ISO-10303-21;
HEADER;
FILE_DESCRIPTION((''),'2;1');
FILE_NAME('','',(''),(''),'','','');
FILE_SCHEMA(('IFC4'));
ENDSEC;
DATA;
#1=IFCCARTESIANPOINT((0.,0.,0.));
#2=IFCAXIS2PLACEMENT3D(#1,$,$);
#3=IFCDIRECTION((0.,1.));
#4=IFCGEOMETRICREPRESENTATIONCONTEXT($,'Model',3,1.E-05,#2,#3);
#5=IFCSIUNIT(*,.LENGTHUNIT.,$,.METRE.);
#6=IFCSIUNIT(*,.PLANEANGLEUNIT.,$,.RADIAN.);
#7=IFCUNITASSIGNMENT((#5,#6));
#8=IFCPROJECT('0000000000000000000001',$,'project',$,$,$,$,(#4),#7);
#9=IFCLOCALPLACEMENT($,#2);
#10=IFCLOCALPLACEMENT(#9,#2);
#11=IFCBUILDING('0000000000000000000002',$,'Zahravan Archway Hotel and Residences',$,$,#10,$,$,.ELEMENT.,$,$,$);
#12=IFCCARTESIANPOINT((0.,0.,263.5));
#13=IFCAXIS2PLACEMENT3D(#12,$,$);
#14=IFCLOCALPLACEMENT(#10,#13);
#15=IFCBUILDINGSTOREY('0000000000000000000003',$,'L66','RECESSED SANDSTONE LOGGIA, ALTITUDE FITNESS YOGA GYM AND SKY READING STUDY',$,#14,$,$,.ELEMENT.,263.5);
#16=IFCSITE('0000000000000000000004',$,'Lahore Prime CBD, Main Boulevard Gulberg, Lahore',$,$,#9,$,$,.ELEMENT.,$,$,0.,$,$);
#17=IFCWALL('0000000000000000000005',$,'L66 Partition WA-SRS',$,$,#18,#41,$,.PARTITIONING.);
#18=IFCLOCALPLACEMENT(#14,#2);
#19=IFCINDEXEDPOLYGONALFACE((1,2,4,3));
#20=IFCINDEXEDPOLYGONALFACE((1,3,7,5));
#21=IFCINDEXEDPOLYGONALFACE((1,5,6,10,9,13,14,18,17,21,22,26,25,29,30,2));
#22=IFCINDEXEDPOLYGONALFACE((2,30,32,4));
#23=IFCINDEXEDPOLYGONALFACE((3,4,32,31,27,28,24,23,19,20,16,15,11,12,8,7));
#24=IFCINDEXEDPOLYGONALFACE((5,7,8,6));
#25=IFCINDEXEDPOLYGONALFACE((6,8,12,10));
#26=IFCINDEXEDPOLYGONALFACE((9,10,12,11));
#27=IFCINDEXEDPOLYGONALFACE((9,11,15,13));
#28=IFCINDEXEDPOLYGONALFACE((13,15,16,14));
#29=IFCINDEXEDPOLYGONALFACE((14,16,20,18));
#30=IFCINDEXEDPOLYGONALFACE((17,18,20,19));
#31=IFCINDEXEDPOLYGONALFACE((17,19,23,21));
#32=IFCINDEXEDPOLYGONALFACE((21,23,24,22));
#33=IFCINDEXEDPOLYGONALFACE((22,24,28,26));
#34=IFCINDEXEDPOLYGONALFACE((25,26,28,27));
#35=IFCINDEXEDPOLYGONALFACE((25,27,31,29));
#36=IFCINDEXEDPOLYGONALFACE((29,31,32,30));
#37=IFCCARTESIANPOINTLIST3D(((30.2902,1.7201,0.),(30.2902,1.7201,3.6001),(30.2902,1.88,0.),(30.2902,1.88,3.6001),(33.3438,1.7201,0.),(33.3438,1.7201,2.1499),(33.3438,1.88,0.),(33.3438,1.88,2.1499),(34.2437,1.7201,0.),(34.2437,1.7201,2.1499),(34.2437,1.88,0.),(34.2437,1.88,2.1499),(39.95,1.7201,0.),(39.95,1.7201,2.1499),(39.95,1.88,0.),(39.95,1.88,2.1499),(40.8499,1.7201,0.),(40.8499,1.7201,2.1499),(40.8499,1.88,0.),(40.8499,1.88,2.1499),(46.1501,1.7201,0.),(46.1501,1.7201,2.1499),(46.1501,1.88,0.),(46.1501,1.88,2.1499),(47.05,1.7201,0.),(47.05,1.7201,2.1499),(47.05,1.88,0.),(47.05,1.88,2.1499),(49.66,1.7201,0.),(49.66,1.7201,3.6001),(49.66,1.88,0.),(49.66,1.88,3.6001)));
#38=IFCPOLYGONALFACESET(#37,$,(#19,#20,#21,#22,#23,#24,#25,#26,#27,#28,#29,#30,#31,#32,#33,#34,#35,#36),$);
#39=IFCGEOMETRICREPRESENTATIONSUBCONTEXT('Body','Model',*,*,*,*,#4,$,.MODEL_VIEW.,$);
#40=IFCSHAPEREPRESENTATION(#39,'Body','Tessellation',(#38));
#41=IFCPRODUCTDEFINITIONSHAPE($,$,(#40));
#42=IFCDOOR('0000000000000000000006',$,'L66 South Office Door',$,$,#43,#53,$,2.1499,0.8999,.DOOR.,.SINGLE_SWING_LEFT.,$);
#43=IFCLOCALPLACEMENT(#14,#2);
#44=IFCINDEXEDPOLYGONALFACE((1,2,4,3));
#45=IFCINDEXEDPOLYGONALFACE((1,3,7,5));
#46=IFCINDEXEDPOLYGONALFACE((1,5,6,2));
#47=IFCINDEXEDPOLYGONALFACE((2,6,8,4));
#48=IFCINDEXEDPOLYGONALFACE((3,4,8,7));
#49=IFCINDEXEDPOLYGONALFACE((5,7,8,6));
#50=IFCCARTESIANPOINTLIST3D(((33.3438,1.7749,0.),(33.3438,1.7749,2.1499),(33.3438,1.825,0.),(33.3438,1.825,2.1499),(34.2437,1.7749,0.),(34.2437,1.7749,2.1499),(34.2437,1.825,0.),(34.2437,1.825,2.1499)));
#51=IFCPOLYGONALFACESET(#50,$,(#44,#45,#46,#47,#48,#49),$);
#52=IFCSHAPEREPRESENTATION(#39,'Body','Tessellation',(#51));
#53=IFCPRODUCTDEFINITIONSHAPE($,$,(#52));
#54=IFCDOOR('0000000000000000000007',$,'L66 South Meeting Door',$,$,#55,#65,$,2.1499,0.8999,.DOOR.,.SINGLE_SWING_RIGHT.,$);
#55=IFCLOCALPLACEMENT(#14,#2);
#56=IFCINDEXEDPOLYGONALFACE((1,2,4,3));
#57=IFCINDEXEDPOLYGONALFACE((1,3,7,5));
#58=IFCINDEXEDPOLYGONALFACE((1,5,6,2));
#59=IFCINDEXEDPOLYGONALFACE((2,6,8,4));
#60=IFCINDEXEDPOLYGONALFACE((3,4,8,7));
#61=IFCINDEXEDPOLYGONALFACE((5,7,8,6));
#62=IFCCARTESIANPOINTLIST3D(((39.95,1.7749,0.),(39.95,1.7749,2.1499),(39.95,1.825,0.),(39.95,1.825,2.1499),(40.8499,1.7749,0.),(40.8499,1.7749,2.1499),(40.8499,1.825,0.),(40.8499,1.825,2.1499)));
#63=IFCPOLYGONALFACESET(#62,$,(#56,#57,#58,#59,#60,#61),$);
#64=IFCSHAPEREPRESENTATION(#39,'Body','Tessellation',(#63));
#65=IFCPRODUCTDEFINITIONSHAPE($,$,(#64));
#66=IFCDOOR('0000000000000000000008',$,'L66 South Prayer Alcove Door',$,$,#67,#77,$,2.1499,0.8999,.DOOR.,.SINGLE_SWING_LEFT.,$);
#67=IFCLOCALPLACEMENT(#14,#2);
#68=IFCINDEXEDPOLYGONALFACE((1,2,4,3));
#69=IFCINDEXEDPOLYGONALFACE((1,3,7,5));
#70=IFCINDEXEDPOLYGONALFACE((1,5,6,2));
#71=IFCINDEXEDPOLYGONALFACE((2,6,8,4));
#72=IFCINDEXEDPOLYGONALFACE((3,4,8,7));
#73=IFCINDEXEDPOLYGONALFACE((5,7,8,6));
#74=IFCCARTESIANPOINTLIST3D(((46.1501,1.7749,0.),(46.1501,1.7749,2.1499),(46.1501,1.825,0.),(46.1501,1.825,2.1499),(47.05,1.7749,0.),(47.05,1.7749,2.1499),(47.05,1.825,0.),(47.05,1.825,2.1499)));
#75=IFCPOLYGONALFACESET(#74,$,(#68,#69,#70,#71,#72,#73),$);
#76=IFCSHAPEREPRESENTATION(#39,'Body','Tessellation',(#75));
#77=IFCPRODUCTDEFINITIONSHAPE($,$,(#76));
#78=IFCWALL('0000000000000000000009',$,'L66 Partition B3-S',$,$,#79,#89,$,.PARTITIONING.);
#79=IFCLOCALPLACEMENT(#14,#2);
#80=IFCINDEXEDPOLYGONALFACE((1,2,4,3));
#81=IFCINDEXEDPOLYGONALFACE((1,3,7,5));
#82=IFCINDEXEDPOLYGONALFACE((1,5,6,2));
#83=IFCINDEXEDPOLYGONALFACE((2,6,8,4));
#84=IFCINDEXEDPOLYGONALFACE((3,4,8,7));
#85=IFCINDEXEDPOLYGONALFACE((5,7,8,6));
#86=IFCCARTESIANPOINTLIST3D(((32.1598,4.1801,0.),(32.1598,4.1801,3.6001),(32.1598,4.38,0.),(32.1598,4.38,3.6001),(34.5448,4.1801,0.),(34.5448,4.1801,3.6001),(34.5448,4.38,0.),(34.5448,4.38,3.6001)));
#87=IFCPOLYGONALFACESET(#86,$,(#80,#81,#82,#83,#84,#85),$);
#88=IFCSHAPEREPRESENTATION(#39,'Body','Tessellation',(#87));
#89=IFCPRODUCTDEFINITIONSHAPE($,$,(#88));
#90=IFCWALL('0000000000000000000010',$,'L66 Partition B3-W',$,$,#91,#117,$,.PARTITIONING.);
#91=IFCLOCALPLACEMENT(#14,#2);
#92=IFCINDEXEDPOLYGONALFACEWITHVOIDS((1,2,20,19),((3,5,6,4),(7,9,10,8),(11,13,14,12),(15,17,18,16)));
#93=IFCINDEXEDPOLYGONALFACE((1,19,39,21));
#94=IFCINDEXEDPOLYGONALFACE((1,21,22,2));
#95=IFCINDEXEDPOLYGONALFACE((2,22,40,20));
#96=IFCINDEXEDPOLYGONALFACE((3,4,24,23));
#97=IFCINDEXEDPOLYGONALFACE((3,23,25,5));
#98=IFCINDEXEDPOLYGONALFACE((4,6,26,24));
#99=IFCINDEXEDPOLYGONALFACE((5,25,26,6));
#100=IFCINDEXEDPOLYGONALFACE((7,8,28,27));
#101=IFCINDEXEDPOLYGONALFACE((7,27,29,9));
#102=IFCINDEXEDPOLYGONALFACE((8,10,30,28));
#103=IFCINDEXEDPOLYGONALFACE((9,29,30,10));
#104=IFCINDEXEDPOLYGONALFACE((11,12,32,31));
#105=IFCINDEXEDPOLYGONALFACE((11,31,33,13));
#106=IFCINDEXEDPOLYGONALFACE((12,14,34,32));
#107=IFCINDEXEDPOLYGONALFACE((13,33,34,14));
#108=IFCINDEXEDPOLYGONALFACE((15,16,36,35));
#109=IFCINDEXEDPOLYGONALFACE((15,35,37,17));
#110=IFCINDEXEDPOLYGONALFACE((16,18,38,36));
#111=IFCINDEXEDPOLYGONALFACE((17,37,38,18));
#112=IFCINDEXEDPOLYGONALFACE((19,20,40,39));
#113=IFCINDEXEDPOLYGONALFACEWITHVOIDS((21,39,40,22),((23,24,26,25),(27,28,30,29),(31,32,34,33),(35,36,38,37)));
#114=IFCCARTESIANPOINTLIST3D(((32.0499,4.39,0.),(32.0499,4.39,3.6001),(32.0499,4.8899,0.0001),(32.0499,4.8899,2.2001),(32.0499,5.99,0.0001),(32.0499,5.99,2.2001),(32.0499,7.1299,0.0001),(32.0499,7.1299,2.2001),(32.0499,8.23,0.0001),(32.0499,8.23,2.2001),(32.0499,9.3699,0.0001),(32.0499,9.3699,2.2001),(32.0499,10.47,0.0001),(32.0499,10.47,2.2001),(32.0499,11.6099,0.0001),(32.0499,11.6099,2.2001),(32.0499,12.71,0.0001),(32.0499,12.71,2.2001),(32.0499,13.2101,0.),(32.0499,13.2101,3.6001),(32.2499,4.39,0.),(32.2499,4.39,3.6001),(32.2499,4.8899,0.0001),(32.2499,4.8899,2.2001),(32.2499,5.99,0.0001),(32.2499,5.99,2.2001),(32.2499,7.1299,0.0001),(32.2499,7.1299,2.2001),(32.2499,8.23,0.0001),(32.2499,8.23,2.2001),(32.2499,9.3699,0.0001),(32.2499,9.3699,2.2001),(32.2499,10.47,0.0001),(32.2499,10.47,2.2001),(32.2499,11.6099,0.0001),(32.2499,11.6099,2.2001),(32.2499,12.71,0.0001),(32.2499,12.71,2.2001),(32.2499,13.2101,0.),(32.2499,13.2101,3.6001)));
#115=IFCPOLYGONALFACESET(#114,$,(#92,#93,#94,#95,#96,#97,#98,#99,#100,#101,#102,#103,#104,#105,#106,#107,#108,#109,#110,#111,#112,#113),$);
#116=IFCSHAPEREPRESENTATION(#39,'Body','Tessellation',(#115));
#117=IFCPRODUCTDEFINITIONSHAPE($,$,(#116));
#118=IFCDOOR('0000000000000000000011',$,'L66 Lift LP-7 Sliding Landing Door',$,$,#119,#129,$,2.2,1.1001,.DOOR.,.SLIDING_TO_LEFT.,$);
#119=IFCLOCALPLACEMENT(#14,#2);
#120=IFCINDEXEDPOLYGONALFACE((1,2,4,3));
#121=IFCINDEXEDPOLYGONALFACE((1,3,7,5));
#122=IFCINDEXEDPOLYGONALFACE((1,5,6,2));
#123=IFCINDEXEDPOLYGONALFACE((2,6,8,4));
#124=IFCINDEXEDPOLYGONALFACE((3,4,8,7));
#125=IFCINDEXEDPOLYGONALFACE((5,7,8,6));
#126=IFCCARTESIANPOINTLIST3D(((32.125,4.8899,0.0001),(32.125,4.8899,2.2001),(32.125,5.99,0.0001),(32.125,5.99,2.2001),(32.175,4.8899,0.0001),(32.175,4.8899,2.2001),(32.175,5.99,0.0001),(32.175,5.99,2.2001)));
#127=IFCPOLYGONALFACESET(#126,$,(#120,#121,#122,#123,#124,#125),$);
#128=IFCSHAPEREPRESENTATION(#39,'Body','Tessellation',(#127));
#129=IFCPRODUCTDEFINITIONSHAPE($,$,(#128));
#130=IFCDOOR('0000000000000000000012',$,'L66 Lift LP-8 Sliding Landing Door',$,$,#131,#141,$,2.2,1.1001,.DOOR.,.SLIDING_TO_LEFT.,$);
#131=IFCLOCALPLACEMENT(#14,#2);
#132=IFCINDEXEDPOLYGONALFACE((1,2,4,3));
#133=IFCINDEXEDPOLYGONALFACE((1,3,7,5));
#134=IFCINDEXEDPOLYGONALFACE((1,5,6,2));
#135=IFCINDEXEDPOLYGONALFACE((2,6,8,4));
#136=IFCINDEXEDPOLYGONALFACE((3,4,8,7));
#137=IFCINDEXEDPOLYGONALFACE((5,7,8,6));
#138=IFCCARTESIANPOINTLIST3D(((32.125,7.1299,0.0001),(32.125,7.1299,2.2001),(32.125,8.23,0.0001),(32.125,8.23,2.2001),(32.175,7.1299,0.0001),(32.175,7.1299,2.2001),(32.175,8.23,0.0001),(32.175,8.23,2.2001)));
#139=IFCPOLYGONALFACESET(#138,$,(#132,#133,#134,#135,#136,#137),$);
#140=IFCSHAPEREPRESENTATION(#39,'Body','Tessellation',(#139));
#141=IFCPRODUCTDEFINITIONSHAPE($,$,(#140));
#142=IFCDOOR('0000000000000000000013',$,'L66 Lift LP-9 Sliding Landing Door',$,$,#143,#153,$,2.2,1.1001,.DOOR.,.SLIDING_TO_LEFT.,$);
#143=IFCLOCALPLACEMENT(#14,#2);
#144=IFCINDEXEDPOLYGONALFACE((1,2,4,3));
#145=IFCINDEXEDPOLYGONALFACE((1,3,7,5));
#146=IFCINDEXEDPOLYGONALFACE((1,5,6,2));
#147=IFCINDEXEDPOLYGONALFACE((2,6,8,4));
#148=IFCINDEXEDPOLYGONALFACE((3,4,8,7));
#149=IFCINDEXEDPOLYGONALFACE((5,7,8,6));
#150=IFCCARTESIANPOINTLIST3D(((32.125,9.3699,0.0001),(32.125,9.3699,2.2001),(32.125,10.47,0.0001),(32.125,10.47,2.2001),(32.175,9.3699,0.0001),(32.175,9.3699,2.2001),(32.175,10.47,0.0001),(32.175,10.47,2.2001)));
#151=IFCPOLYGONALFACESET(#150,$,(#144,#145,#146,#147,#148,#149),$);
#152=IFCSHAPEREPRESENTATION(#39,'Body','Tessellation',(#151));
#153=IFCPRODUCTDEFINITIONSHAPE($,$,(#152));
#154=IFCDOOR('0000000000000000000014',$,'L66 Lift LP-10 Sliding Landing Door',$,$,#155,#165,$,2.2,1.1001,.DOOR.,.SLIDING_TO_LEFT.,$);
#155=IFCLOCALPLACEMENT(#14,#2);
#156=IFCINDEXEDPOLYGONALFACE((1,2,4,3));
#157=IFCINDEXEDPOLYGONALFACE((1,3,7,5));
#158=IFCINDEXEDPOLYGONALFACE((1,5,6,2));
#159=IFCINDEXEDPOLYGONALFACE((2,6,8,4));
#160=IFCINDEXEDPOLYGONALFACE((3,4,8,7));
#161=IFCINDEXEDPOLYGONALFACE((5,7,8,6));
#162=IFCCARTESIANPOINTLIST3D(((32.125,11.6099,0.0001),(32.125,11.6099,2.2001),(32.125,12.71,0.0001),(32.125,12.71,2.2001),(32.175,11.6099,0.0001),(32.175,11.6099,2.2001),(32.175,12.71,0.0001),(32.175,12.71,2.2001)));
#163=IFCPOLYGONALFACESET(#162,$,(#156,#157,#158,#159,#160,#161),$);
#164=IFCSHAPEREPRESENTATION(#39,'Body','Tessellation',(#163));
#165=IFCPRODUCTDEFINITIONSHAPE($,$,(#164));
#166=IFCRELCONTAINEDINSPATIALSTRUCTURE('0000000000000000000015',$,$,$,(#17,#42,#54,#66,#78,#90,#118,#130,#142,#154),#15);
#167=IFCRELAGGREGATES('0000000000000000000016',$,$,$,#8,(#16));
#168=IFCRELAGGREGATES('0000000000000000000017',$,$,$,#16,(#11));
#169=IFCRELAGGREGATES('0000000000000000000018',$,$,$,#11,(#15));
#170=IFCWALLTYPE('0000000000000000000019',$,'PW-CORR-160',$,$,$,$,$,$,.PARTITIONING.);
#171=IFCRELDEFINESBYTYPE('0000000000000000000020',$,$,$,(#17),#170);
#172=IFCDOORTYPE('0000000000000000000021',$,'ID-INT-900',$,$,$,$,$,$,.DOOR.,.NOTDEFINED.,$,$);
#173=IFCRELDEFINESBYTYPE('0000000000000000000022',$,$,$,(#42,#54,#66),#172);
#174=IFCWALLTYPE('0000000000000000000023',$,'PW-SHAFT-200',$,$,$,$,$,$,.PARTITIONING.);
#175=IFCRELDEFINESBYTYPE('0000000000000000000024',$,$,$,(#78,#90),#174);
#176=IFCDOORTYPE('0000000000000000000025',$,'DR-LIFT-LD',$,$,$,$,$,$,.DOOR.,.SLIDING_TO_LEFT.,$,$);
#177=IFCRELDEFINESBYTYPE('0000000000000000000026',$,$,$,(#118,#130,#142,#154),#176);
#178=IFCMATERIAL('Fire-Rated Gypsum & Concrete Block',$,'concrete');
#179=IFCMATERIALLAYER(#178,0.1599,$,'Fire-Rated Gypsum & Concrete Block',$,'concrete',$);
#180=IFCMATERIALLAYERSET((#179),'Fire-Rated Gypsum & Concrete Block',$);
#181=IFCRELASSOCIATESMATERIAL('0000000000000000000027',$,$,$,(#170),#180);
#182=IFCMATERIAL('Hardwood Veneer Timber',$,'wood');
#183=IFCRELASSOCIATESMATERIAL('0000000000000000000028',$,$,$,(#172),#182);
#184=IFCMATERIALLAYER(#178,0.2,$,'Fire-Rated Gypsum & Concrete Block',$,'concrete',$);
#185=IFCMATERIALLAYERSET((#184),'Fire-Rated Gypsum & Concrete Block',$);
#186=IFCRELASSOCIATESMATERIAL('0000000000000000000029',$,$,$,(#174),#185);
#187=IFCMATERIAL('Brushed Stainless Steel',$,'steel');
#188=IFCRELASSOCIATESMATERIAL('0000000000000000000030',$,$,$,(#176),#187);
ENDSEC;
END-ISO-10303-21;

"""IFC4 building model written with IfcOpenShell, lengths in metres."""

from ifc_helpers import new_model, si_unit, direction, frame, frame_2d, origin, place, context, subcontext, project, spatial, rectangle, extrude, source, transform, mapped, material, layer, layer_set, type_object, type_shapes, element, fill, save


model = new_model("IFC4")

# Units and contexts
model_context = context("Model", 3, precision=1e-05, world=origin(), true_north=direction((0.0, 1.0)))
body_context = subcontext(model_context, "Body", "Model", "MODEL_VIEW")
ifc_project = project(units=[si_unit("LENGTHUNIT", "METRE"), si_unit("PLANEANGLEUNIT", "RADIAN")], contexts=[model_context])

# Site, building, storey
site_placement = place(None, origin())
site = spatial("IfcSite", under=ifc_project, at=site_placement, Name="Lahore Prime CBD, Main Boulevard Gulberg, Lahore", CompositionType="ELEMENT", RefElevation=0.0)
building_placement = place(site_placement, origin())
building = spatial("IfcBuilding", under=site, at=building_placement, Name="Zahravan Archway Hotel and Residences", CompositionType="ELEMENT")
storey_placement = place(building_placement, frame((0.0, 0.0, 263.5)))
storey = spatial("IfcBuildingStorey", under=building, at=storey_placement, Name="L66", Description="RECESSED SANDSTONE LOGGIA, ALTITUDE FITNESS YOGA GYM AND SKY READING STUDY", CompositionType="ELEMENT", Elevation=263.5)

# Shared definitions
ifc_material_1 = material(Name="Fire-Rated Gypsum & Concrete Block", Category="concrete")
ifc_layer_1 = layer(ifc_material_1, 0.1599, Name="Fire-Rated Gypsum & Concrete Block", Category="concrete")
ifc_layer_set_1 = layer_set([ifc_layer_1], Name="Fire-Rated Gypsum & Concrete Block")
wall_type_1 = type_object("IfcWallType", Name="PW-CORR-160", PredefinedType="PARTITIONING", material=ifc_layer_set_1)

# Wall, openings, doors
wall_1_placement = place(storey_placement, frame((30.29, 1.8, 0.0), z_axis=(0.0, 0.0, 1.0), x_axis=(1.0, 0.0, 0.0)))
wall_1 = element("IfcWall", 1, at=wall_1_placement, inside=storey, type_object=wall_type_1, Name="L66 Partition WA-SRS", PredefinedType="PARTITIONING", context=body_context, shape_type="SweptSolid", body=[
    extrude(rectangle(XDim=19.3699, YDim=0.1599, at=frame_2d((9.6851, 0.0))), origin(), (0.0, 0.0, 1.0), 3.6001),
])
opening_1_placement = place(wall_1_placement, frame((3.0537, 0.0, 0.0)))
opening_1 = element("IfcOpeningElement", 2, at=opening_1_placement, cuts=wall_1, PredefinedType="OPENING", context=body_context, shape_type="SweptSolid", body=[
    extrude(rectangle(XDim=0.8999, YDim=2.1499, at=frame_2d((0.45, 1.075))), frame((0.0, 0.0898, 0.0), z_axis=(0.0, -1.0, 0.0), x_axis=(1.0, 0.0, 0.0)), (0.0, 0.0, 1.0), 0.1799),
])
opening_2_placement = place(wall_1_placement, frame((9.6599, 0.0, 0.0)))
opening_2 = element("IfcOpeningElement", 3, at=opening_2_placement, cuts=wall_1, PredefinedType="OPENING", context=body_context, shape_type="SweptSolid", body=[
    extrude(rectangle(XDim=0.8999, YDim=2.1499, at=frame_2d((0.45, 1.075))), frame((0.0, 0.0898, 0.0), z_axis=(0.0, -1.0, 0.0), x_axis=(1.0, 0.0, 0.0)), (0.0, 0.0, 1.0), 0.1799),
])
opening_3_placement = place(wall_1_placement, frame((15.8601, 0.0, 0.0)))
opening_3 = element("IfcOpeningElement", 4, at=opening_3_placement, cuts=wall_1, PredefinedType="OPENING", context=body_context, shape_type="SweptSolid", body=[
    extrude(rectangle(XDim=0.8999, YDim=2.1499, at=frame_2d((0.45, 1.075))), frame((0.0, 0.0898, 0.0), z_axis=(0.0, -1.0, 0.0), x_axis=(1.0, 0.0, 0.0)), (0.0, 0.0, 1.0), 0.1799),
])
ifc_material_2 = material(Name="Hardwood Veneer Timber", Category="wood")
door_type_1 = type_object("IfcDoorType", Name="ID-INT-900", OperationType="NOTDEFINED", PredefinedType="DOOR", material=ifc_material_2)
shared_shape_1 = source(origin(), body_context, "Body", "SweptSolid", [
    extrude(rectangle(XDim=0.8999, YDim=2.1499, at=frame_2d((0.45, 1.075))), frame((0.0, 0.0249, 0.0), z_axis=(0.0, -1.0, 0.0), x_axis=(1.0, 0.0, 0.0)), (0.0, 0.0, 1.0), 0.05),
])
type_shapes(door_type_1, [shared_shape_1])
door_1_placement = place(opening_1_placement, origin())
door_1 = element("IfcDoor", 5, at=door_1_placement, inside=storey, type_object=door_type_1, Name="L66 South Office Door", OperationType="SINGLE_SWING_LEFT", OverallHeight=2.1499, OverallWidth=0.8999, PredefinedType="DOOR", context=body_context, shape_type="MappedRepresentation", body=[
    mapped(shared_shape_1, transform((0.0, 0.0, 0.0), scale=1.0)),
])
fill(opening_1, door_1)
door_2_placement = place(opening_2_placement, origin())
door_2 = element("IfcDoor", 6, at=door_2_placement, inside=storey, type_object=door_type_1, Name="L66 South Meeting Door", OperationType="SINGLE_SWING_RIGHT", OverallHeight=2.1499, OverallWidth=0.8999, PredefinedType="DOOR", context=body_context, shape_type="MappedRepresentation", body=[
    mapped(shared_shape_1, transform((0.0, 0.0, 0.0), scale=1.0)),
])
fill(opening_2, door_2)
door_3_placement = place(opening_3_placement, origin())
door_3 = element("IfcDoor", 7, at=door_3_placement, inside=storey, type_object=door_type_1, Name="L66 South Prayer Alcove Door", OperationType="SINGLE_SWING_LEFT", OverallHeight=2.1499, OverallWidth=0.8999, PredefinedType="DOOR", context=body_context, shape_type="MappedRepresentation", body=[
    mapped(shared_shape_1, transform((0.0, 0.0, 0.0), scale=1.0)),
])
fill(opening_3, door_3)

# Wall
ifc_layer_2 = layer(ifc_material_1, 0.2, Name="Fire-Rated Gypsum & Concrete Block", Category="concrete")
ifc_layer_set_2 = layer_set([ifc_layer_2], Name="Fire-Rated Gypsum & Concrete Block")
wall_type_2 = type_object("IfcWallType", Name="PW-SHAFT-200", PredefinedType="PARTITIONING", material=ifc_layer_set_2)
wall_2_placement = place(storey_placement, frame((32.1599, 4.28, 0.0), z_axis=(0.0, 0.0, 1.0), x_axis=(1.0, 0.0, 0.0)))
element("IfcWall", 8, at=wall_2_placement, inside=storey, type_object=wall_type_2, Name="L66 Partition B3-S", PredefinedType="PARTITIONING", context=body_context, shape_type="SweptSolid", body=[
    extrude(rectangle(XDim=2.385, YDim=0.2, at=frame_2d((1.1924, 0.0))), origin(), (0.0, 0.0, 1.0), 3.6001),
])

# Wall, openings, doors
wall_3_placement = place(storey_placement, frame((32.1499, 4.3899, 0.0), z_axis=(0.0, 0.0, 1.0), x_axis=(0.0, 1.0, 0.0)))
wall_3 = element("IfcWall", 9, at=wall_3_placement, inside=storey, type_object=wall_type_2, Name="L66 Partition B3-W", PredefinedType="PARTITIONING", context=body_context, shape_type="SweptSolid", body=[
    extrude(rectangle(XDim=8.8201, YDim=0.2, at=frame_2d((4.4102, 0.0))), origin(), (0.0, 0.0, 1.0), 3.6001),
])
opening_4_placement = place(wall_3_placement, frame((0.5, 0.0, 0.0)))
opening_4 = element("IfcOpeningElement", 10, at=opening_4_placement, cuts=wall_3, PredefinedType="OPENING", context=body_context, shape_type="SweptSolid", body=[
    extrude(rectangle(XDim=1.1001, YDim=2.2, at=frame_2d((0.55, 1.1001))), frame((0.0, 0.1099, 0.0), z_axis=(0.0, -1.0, 0.0), x_axis=(1.0, 0.0, 0.0)), (0.0, 0.0, 1.0), 0.22),
])
opening_5_placement = place(wall_3_placement, frame((2.74, 0.0, 0.0)))
opening_5 = element("IfcOpeningElement", 11, at=opening_5_placement, cuts=wall_3, PredefinedType="OPENING", context=body_context, shape_type="SweptSolid", body=[
    extrude(rectangle(XDim=1.1001, YDim=2.2, at=frame_2d((0.55, 1.1001))), frame((0.0, 0.1099, 0.0), z_axis=(0.0, -1.0, 0.0), x_axis=(1.0, 0.0, 0.0)), (0.0, 0.0, 1.0), 0.22),
])
opening_6_placement = place(wall_3_placement, frame((4.98, 0.0, 0.0)))
opening_6 = element("IfcOpeningElement", 12, at=opening_6_placement, cuts=wall_3, PredefinedType="OPENING", context=body_context, shape_type="SweptSolid", body=[
    extrude(rectangle(XDim=1.1001, YDim=2.2, at=frame_2d((0.55, 1.1001))), frame((0.0, 0.1099, 0.0), z_axis=(0.0, -1.0, 0.0), x_axis=(1.0, 0.0, 0.0)), (0.0, 0.0, 1.0), 0.22),
])
opening_7_placement = place(wall_3_placement, frame((7.22, 0.0, 0.0)))
opening_7 = element("IfcOpeningElement", 13, at=opening_7_placement, cuts=wall_3, PredefinedType="OPENING", context=body_context, shape_type="SweptSolid", body=[
    extrude(rectangle(XDim=1.1001, YDim=2.2, at=frame_2d((0.55, 1.1001))), frame((0.0, 0.1099, 0.0), z_axis=(0.0, -1.0, 0.0), x_axis=(1.0, 0.0, 0.0)), (0.0, 0.0, 1.0), 0.22),
])
ifc_material_3 = material(Name="Brushed Stainless Steel", Category="steel")
door_type_2 = type_object("IfcDoorType", Name="DR-LIFT-LD", OperationType="SLIDING_TO_LEFT", PredefinedType="DOOR", material=ifc_material_3)
shared_shape_2 = source(origin(), body_context, "Body", "SweptSolid", [
    extrude(rectangle(XDim=1.1001, YDim=2.2, at=frame_2d((0.55, 1.1001))), frame((0.0, 0.0249, 0.0), z_axis=(0.0, -1.0, 0.0), x_axis=(1.0, 0.0, 0.0)), (0.0, 0.0, 1.0), 0.05),
])
type_shapes(door_type_2, [shared_shape_2])
door_4_placement = place(opening_4_placement, origin())
door_4 = element("IfcDoor", 14, at=door_4_placement, inside=storey, type_object=door_type_2, Name="L66 Lift LP-7 Sliding Landing Door", OperationType="SLIDING_TO_LEFT", OverallHeight=2.2, OverallWidth=1.1001, PredefinedType="DOOR", context=body_context, shape_type="MappedRepresentation", body=[
    mapped(shared_shape_2, transform((0.0, 0.0, 0.0), scale=1.0)),
])
fill(opening_4, door_4)
door_5_placement = place(opening_5_placement, origin())
door_5 = element("IfcDoor", 15, at=door_5_placement, inside=storey, type_object=door_type_2, Name="L66 Lift LP-8 Sliding Landing Door", OperationType="SLIDING_TO_LEFT", OverallHeight=2.2, OverallWidth=1.1001, PredefinedType="DOOR", context=body_context, shape_type="MappedRepresentation", body=[
    mapped(shared_shape_2, transform((0.0, 0.0, 0.0), scale=1.0)),
])
fill(opening_5, door_5)
door_6_placement = place(opening_6_placement, origin())
door_6 = element("IfcDoor", 16, at=door_6_placement, inside=storey, type_object=door_type_2, Name="L66 Lift LP-9 Sliding Landing Door", OperationType="SLIDING_TO_LEFT", OverallHeight=2.2, OverallWidth=1.1001, PredefinedType="DOOR", context=body_context, shape_type="MappedRepresentation", body=[
    mapped(shared_shape_2, transform((0.0, 0.0, 0.0), scale=1.0)),
])
fill(opening_6, door_6)
door_7_placement = place(opening_7_placement, origin())
door_7 = element("IfcDoor", 17, at=door_7_placement, inside=storey, type_object=door_type_2, Name="L66 Lift LP-10 Sliding Landing Door", OperationType="SLIDING_TO_LEFT", OverallHeight=2.2, OverallWidth=1.1001, PredefinedType="DOOR", context=body_context, shape_type="MappedRepresentation", body=[
    mapped(shared_shape_2, transform((0.0, 0.0, 0.0), scale=1.0)),
])
fill(opening_7, door_7)

save(model, "model.ifc")
